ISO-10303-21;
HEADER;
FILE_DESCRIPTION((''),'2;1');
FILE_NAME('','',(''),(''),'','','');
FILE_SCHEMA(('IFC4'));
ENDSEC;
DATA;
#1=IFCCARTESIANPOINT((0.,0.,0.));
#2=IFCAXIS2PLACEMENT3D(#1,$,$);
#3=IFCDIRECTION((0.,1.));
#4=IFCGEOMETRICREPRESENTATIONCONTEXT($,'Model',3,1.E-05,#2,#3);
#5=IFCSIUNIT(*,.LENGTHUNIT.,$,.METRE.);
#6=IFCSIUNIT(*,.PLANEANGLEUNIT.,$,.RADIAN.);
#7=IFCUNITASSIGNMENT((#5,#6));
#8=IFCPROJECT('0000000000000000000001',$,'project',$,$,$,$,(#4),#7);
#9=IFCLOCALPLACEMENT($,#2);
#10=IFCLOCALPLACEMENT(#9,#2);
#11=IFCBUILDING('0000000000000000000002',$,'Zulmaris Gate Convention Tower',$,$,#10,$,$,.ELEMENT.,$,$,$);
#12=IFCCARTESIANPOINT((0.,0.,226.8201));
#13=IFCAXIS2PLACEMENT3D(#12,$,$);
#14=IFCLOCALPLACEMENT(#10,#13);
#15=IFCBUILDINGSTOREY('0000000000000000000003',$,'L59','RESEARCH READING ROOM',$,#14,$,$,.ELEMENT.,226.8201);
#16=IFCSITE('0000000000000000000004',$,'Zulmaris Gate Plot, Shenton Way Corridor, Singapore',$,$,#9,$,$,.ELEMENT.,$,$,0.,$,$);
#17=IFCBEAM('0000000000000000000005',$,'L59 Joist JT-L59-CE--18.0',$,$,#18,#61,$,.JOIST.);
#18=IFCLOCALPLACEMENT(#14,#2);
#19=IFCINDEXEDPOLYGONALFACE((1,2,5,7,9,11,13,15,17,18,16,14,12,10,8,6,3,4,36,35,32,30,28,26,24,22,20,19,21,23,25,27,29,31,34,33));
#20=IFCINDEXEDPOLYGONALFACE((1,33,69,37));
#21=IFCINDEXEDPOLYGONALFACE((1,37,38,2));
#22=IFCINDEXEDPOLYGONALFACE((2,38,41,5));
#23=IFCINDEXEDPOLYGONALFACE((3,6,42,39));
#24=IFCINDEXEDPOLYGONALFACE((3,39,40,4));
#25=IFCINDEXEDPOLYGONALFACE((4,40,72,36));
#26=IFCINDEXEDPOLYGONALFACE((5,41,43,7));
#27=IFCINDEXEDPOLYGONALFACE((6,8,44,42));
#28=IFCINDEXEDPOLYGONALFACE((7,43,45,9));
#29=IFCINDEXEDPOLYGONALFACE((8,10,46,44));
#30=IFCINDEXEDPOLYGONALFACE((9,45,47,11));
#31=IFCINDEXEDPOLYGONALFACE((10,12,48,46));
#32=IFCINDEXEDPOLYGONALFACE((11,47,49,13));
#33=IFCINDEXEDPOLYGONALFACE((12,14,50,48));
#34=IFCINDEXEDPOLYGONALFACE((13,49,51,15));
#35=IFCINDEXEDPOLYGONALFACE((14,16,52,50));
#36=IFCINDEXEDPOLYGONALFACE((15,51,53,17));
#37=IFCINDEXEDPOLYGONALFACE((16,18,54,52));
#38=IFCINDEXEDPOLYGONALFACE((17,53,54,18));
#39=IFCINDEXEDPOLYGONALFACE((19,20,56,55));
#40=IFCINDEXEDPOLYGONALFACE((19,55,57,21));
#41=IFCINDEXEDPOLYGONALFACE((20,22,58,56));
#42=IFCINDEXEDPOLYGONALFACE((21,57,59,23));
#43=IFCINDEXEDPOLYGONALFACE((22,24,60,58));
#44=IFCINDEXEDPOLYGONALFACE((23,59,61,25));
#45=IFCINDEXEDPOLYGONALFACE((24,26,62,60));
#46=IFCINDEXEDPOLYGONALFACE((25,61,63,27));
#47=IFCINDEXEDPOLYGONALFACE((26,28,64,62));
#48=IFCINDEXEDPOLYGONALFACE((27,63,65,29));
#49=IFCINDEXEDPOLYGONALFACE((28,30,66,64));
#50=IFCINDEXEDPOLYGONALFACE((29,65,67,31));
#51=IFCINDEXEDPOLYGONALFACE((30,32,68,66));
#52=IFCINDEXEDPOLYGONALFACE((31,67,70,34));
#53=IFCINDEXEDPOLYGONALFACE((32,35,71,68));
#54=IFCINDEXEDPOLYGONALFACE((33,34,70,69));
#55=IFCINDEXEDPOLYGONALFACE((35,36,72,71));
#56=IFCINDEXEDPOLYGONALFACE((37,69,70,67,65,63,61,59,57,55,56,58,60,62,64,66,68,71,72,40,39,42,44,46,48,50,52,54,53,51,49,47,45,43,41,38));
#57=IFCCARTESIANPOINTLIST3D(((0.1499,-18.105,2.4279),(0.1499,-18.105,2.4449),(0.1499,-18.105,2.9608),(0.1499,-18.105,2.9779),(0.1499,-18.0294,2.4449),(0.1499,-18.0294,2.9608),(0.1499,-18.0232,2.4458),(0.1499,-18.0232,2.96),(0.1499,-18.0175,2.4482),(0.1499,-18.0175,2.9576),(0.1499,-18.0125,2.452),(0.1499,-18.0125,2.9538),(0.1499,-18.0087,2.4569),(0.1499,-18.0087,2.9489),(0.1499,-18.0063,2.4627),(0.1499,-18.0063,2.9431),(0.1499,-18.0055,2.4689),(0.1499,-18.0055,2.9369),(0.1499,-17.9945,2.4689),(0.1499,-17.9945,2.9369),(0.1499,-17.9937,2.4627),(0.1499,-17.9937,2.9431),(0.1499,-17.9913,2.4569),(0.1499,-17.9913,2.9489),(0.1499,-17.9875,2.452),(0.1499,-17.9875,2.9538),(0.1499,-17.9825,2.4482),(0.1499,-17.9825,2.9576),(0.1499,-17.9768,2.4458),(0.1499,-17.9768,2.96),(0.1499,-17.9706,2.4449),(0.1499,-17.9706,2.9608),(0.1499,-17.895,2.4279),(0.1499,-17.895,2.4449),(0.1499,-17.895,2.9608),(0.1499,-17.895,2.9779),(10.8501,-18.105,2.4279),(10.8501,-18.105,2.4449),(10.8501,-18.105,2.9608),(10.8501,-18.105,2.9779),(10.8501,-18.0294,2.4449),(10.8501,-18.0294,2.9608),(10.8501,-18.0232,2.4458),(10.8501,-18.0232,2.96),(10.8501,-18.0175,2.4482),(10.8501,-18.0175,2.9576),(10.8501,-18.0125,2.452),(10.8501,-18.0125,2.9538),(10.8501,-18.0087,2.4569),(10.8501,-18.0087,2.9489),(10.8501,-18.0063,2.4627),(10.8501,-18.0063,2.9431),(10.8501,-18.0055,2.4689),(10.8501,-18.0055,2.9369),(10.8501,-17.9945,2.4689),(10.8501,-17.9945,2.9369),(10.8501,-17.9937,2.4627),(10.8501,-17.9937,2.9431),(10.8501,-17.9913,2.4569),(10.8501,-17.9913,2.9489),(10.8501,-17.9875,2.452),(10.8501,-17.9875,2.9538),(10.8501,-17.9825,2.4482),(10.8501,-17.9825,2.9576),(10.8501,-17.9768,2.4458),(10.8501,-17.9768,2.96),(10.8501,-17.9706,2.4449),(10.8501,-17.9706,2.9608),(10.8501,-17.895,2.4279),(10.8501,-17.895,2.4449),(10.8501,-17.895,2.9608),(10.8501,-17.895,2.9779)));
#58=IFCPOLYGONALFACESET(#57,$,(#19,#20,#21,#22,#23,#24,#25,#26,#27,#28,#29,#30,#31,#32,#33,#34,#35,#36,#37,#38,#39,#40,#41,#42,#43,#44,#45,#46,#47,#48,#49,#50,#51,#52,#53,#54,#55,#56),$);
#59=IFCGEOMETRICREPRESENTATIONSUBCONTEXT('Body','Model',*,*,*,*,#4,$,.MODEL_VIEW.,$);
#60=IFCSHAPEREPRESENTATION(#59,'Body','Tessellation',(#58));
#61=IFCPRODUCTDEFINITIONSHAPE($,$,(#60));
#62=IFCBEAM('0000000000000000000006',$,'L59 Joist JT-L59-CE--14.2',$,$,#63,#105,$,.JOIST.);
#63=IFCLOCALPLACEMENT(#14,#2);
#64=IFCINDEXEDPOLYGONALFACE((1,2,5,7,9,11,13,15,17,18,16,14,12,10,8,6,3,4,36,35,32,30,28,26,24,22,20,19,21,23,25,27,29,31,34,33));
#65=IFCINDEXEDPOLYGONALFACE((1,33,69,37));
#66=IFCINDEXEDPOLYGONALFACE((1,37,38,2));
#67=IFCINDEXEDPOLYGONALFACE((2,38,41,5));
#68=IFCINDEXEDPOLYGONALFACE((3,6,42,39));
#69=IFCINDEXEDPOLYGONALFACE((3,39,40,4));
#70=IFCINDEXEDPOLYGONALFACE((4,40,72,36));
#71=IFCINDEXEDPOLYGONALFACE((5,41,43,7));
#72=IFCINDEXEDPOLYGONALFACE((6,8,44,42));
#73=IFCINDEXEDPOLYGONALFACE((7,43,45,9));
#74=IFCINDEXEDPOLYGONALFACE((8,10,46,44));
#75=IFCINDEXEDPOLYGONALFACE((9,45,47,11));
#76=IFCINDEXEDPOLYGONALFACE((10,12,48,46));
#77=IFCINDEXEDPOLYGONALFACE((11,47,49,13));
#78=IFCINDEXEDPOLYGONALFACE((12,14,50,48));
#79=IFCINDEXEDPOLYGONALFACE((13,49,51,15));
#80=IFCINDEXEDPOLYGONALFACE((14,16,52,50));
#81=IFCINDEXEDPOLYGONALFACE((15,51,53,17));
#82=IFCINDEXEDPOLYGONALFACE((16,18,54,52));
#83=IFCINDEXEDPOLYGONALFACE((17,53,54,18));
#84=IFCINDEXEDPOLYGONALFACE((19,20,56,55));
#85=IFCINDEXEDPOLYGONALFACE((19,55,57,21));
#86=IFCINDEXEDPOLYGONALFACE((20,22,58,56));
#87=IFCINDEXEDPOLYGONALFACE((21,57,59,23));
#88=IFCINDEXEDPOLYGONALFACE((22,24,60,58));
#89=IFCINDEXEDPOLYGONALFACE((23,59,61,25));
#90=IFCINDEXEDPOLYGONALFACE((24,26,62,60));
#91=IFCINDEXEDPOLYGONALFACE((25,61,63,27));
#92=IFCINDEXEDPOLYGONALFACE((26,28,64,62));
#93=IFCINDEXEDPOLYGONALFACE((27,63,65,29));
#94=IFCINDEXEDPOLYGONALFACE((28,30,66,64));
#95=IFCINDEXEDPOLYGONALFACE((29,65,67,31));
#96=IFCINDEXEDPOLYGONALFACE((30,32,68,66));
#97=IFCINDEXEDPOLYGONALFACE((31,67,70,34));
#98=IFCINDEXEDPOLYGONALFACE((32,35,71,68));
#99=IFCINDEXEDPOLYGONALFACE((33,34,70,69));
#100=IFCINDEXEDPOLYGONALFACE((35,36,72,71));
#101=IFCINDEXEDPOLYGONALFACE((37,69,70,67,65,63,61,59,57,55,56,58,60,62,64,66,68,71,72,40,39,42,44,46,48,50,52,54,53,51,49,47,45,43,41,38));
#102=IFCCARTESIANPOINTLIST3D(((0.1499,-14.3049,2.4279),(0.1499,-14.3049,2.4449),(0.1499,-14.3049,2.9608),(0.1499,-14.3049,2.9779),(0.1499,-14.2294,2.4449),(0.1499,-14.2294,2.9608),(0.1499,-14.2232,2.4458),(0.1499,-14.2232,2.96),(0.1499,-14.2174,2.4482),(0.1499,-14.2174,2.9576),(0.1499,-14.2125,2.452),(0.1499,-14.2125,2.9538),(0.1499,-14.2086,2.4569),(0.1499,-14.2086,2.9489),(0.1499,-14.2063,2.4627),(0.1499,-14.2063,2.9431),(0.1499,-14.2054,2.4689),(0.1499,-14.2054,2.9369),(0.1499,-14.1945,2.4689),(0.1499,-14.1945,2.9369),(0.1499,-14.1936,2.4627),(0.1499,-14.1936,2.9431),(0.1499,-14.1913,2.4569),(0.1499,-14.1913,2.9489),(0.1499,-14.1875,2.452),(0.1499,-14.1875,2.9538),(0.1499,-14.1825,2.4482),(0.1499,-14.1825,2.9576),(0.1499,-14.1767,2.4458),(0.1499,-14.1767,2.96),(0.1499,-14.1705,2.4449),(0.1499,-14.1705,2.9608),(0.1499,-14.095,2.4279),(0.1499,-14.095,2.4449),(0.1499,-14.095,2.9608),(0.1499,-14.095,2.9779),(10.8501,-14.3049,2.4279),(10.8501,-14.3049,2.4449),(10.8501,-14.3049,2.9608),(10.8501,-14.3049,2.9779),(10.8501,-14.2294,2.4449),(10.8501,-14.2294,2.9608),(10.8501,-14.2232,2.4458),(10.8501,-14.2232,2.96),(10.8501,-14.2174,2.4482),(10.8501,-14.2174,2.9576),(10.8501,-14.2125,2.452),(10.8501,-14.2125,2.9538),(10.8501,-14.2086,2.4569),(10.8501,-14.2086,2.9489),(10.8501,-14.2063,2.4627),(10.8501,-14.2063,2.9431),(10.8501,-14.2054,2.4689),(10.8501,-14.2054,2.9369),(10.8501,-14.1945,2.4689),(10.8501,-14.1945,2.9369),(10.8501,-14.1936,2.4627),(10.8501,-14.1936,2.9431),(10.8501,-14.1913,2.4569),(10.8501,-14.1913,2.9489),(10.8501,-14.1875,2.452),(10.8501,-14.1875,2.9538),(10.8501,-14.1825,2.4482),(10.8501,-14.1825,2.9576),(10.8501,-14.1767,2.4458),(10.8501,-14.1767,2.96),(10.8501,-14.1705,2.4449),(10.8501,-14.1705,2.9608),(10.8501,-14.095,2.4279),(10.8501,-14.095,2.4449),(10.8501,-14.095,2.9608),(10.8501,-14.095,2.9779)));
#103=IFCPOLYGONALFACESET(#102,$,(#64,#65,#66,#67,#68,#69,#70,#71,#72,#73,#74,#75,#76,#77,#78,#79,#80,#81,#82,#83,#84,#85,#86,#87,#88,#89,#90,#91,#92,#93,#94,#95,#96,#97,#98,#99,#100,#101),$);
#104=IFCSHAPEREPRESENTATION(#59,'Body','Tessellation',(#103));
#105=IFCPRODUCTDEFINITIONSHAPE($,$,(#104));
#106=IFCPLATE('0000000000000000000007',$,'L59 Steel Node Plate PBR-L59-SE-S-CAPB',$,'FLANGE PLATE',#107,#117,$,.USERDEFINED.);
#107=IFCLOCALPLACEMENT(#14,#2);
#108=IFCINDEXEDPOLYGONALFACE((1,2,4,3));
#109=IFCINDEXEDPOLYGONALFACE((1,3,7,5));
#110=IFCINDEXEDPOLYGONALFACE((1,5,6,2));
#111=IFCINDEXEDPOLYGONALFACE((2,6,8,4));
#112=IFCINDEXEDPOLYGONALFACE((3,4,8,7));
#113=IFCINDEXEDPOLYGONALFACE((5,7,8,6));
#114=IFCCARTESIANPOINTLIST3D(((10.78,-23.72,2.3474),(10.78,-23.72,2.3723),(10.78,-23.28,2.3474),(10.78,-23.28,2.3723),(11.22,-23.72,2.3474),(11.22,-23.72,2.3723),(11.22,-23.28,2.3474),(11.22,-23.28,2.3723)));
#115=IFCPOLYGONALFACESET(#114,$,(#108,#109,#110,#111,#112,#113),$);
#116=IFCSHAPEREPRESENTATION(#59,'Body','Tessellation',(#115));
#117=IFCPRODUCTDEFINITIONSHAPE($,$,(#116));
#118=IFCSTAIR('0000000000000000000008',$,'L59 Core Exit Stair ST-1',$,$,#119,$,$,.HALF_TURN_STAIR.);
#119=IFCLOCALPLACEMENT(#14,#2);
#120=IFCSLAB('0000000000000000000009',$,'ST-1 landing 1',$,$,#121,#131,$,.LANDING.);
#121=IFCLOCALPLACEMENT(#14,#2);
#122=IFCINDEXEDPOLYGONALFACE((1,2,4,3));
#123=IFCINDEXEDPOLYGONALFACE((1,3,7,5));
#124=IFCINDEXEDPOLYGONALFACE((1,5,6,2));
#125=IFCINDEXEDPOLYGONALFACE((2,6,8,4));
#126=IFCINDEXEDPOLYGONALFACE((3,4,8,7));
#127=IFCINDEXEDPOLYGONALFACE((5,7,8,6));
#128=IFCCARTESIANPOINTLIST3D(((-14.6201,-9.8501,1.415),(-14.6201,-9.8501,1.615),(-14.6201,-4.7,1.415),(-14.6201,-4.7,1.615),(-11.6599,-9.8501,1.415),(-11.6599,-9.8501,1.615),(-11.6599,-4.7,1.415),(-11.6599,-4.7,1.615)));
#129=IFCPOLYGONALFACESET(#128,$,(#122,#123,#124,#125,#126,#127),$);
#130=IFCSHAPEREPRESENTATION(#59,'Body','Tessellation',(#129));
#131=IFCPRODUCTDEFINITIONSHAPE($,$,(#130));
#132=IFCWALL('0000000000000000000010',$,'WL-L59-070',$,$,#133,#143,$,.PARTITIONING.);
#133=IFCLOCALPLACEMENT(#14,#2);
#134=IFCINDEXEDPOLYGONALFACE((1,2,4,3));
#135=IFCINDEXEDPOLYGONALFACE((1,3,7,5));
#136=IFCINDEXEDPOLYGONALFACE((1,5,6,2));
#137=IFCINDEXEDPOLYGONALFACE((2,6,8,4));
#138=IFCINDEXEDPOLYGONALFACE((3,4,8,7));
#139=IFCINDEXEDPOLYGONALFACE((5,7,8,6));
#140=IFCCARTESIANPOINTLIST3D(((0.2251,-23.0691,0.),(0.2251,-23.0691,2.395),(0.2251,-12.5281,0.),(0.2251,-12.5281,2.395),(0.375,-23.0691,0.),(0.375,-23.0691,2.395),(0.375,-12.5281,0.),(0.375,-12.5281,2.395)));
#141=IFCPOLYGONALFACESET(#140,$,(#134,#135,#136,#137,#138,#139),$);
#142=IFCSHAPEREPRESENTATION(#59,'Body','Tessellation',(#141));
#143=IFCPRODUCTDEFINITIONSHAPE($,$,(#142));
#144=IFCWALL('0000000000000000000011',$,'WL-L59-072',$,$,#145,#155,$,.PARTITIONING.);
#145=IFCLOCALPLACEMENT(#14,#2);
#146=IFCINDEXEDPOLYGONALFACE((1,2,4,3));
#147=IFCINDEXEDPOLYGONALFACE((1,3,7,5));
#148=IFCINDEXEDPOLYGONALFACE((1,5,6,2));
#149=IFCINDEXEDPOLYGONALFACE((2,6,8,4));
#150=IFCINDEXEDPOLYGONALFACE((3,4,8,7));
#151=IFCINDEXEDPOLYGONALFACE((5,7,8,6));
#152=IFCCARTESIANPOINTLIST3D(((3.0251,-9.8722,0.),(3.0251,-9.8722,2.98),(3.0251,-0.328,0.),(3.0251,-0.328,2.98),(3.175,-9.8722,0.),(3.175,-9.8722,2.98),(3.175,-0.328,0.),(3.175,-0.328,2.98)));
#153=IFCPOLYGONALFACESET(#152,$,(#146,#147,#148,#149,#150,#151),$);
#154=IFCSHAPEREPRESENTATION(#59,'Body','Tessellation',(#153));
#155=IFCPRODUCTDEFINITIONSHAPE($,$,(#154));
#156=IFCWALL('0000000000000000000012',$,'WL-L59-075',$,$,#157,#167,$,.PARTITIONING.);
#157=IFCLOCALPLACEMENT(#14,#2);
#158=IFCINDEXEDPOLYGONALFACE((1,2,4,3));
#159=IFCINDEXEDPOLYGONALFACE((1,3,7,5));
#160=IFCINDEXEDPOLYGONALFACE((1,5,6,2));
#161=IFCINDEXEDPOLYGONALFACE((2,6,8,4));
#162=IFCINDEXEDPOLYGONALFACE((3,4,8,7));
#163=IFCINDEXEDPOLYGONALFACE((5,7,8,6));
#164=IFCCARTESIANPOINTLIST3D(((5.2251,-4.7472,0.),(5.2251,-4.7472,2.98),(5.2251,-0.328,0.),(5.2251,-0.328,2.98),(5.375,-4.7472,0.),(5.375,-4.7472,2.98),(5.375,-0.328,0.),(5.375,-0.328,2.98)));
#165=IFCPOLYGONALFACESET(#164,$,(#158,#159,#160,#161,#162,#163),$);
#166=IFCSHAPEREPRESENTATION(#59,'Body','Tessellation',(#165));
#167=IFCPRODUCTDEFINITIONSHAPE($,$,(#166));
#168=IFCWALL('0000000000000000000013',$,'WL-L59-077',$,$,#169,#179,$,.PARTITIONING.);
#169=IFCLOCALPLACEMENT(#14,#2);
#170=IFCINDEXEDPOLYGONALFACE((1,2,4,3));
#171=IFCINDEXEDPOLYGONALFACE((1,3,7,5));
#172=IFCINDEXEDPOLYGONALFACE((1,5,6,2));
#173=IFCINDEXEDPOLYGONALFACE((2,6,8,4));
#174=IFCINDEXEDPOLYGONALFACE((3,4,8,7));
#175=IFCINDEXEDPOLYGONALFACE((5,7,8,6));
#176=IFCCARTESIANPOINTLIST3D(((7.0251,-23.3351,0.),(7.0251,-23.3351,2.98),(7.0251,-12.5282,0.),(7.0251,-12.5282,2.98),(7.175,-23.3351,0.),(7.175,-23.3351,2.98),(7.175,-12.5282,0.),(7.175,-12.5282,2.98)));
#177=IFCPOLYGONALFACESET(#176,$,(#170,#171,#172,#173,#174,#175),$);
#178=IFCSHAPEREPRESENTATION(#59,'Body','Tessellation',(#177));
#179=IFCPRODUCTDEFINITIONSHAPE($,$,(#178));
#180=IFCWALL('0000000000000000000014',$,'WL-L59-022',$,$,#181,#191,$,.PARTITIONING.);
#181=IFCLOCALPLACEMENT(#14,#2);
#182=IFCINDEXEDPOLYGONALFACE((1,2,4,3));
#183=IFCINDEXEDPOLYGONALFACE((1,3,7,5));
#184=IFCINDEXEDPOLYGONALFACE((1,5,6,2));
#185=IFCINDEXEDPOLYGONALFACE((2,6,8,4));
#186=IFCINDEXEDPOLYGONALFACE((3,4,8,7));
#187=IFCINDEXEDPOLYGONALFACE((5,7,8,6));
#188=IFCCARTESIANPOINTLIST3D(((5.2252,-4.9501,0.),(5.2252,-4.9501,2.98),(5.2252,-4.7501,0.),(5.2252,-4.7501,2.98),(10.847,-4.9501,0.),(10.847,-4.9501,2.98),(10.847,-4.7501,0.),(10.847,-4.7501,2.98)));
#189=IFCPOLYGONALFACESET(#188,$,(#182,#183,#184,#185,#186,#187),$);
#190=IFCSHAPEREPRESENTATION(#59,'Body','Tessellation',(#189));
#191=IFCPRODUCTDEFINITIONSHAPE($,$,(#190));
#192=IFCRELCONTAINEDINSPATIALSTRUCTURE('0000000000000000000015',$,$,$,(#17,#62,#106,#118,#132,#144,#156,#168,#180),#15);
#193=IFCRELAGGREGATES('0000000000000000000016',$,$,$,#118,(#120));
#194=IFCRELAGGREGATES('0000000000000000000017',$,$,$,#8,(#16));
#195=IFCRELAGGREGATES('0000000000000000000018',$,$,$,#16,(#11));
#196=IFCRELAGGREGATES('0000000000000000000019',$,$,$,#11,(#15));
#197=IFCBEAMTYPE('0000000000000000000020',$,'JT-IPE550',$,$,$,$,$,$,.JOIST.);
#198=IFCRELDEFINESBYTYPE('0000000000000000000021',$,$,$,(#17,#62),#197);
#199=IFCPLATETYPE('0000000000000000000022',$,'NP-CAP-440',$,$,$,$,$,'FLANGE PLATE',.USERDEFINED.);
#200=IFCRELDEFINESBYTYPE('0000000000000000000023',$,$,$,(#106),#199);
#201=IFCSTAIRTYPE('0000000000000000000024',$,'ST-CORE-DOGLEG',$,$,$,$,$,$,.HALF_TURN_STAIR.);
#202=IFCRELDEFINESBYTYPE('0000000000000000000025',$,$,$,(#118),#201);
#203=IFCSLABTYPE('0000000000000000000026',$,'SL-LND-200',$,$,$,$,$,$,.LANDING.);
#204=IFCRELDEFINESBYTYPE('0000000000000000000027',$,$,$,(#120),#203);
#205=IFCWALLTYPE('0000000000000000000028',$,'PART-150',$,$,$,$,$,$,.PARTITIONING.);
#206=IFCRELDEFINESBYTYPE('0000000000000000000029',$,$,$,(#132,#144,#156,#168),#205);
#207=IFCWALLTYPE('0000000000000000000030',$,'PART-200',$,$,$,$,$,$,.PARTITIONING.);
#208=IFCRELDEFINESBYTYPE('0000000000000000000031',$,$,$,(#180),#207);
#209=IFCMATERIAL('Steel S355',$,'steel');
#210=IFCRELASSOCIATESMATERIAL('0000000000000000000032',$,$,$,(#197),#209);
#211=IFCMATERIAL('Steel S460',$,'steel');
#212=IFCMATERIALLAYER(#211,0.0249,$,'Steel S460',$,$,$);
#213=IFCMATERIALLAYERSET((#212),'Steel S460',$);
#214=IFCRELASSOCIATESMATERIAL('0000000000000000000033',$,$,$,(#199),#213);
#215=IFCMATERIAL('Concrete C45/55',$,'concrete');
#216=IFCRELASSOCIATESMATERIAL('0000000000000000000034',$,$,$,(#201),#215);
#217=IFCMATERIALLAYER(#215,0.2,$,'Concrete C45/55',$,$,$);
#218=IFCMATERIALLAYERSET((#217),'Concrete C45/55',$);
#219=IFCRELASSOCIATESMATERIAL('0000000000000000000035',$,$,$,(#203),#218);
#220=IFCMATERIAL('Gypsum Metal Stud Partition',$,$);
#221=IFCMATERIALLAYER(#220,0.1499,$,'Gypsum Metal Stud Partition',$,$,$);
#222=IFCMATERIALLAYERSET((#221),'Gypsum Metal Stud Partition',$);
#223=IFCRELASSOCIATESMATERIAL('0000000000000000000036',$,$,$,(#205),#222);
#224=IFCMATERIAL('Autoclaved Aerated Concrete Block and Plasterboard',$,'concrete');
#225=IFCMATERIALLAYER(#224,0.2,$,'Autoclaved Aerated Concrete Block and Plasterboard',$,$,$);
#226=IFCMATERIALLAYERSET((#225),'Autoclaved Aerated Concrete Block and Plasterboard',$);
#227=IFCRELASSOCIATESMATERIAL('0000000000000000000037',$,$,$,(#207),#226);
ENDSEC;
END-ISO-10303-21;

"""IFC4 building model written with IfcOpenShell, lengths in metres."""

from ifc_helpers import new_model, si_unit, direction, frame, frame_2d, origin, origin_2d, place, context, subcontext, project, spatial, polyline, rectangle, i_section, outline, extrude, material, layer, layer_set, material_profile, profile_set, type_object, element, aggregate, save


model = new_model("IFC4")

# Units and contexts
model_context = context("Model", 3, precision=1e-05, world=origin(), true_north=direction((0.0, 1.0)))
body_context = subcontext(model_context, "Body", "Model", "MODEL_VIEW")
ifc_project = project(units=[si_unit("LENGTHUNIT", "METRE"), si_unit("PLANEANGLEUNIT", "RADIAN")], contexts=[model_context])

# Site, building, storey
site_placement = place(None, origin())
site = spatial("IfcSite", under=ifc_project, at=site_placement, Name="Zulmaris Gate Plot, Shenton Way Corridor, Singapore", CompositionType="ELEMENT", RefElevation=0.0)
building_placement = place(site_placement, origin())
building = spatial("IfcBuilding", under=site, at=building_placement, Name="Zulmaris Gate Convention Tower", CompositionType="ELEMENT")
storey_placement = place(building_placement, frame((0.0, 0.0, 226.8201)))
storey = spatial("IfcBuildingStorey", under=building, at=storey_placement, Name="L59", Description="RESEARCH READING ROOM", CompositionType="ELEMENT", Elevation=226.8201)

# Beams
ifc_material_1 = material(Name="Steel S355", Category="steel")
ifc_material_profile_1 = material_profile(ifc_material_1, i_section(OverallWidth=0.21, OverallDepth=0.55, WebThickness=0.011, FlangeThickness=0.0171, FilletRadius=0.0239, at=origin_2d()), Name="IPE 550")
ifc_profile_set_1 = profile_set([ifc_material_profile_1], Name="Steel S355")
beam_type_1 = type_object("IfcBeamType", Name="JT-IPE550", PredefinedType="JOIST", material=ifc_profile_set_1)
for number, where, z_axis, x_axis, name in (
    (1, (0.1499, -18.0, 2.7029), (1.0, 0.0, 0.0), (0.0, 1.0, 0.0), "L59 Joist JT-L59-CE--18.0"),
    (2, (0.1499, -14.2, 2.7029), (1.0, 0.0, 0.0), (0.0, 1.0, 0.0), "L59 Joist JT-L59-CE--14.2"),
):
    element("IfcBeam", number, at=place(storey_placement, frame(where, z_axis=z_axis, x_axis=x_axis)), inside=storey, type_object=beam_type_1, Name=name, PredefinedType="JOIST", context=body_context, shape_type="SweptSolid", body=[
        extrude(i_section(OverallWidth=0.21, OverallDepth=0.55, WebThickness=0.011, FlangeThickness=0.0171, FilletRadius=0.0239, at=origin_2d()), origin(), (0.0, 0.0, 1.0), 10.7002),
    ])

# Plate
ifc_material_2 = material(Name="Steel S460", Category="steel")
ifc_layer_1 = layer(ifc_material_2, 0.0249, Name="Steel S460")
ifc_layer_set_1 = layer_set([ifc_layer_1], Name="Steel S460")
plate_type = type_object("IfcPlateType", Name="NP-CAP-440", ElementType="FLANGE PLATE", PredefinedType="USERDEFINED", material=ifc_layer_set_1)
plate_placement = place(storey_placement, frame((11.0, -23.5, 2.3474), z_axis=(0.0, 0.0, 1.0), x_axis=(1.0, 0.0, 0.0)))
element("IfcPlate", 3, at=plate_placement, inside=storey, type_object=plate_type, Name="L59 Steel Node Plate PBR-L59-SE-S-CAPB", ObjectType="FLANGE PLATE", PredefinedType="USERDEFINED", context=body_context, shape_type="SweptSolid", body=[
    extrude(rectangle(XDim=0.4399, YDim=0.4399, at=origin_2d()), origin(), (0.0, 0.0, 1.0), 0.0249),
])

# Stair, slab
ifc_material_3 = material(Name="Concrete C45/55", Category="concrete")
stair_type = type_object("IfcStairType", Name="ST-CORE-DOGLEG", PredefinedType="HALF_TURN_STAIR", material=ifc_material_3)
stair_placement = place(storey_placement, origin())
stair = element("IfcStair", 4, at=stair_placement, inside=storey, type_object=stair_type, Name="L59 Core Exit Stair ST-1", PredefinedType="HALF_TURN_STAIR")
ifc_layer_2 = layer(ifc_material_3, 0.2, Name="Concrete C45/55")
ifc_layer_set_2 = layer_set([ifc_layer_2], Name="Concrete C45/55")
slab_type = type_object("IfcSlabType", Name="SL-LND-200", PredefinedType="LANDING", material=ifc_layer_set_2)
slab_placement = place(storey_placement, frame((0.0, 0.0, 1.415)))
slab = element("IfcSlab", 5, at=slab_placement, type_object=slab_type, Name="ST-1 landing 1", PredefinedType="LANDING", context=body_context, shape_type="SweptSolid", body=[
    extrude(outline(polyline([(-14.6201, -4.7), (-14.6201, -9.8501), (-11.6599, -9.8501), (-11.6599, -4.7), (-14.6201, -4.7)])), origin(), (0.0, 0.0, 1.0), 0.2),
])
aggregate(stair, [slab])

# Walls
ifc_material_4 = material(Name="Gypsum Metal Stud Partition")
ifc_layer_3 = layer(ifc_material_4, 0.1499, Name="Gypsum Metal Stud Partition")
ifc_layer_set_3 = layer_set([ifc_layer_3], Name="Gypsum Metal Stud Partition")
wall_type_1 = type_object("IfcWallType", Name="PART-150", PredefinedType="PARTITIONING", material=ifc_layer_set_3)
wall_1_placement = place(storey_placement, frame((0.3, -23.0691, 0.0), z_axis=(0.0, 0.0, 1.0), x_axis=(0.0, 1.0, 0.0)))
element("IfcWall", 6, at=wall_1_placement, inside=storey, type_object=wall_type_1, Name="WL-L59-070", PredefinedType="PARTITIONING", context=body_context, shape_type="SweptSolid", body=[
    extrude(rectangle(XDim=10.541, YDim=0.1499, at=frame_2d((5.2705, 0.0))), origin(), (0.0, 0.0, 1.0), 2.395),
])
wall_2_placement = place(storey_placement, frame((3.1001, -9.8721, 0.0), z_axis=(0.0, 0.0, 1.0), x_axis=(0.0, 1.0, 0.0)))
element("IfcWall", 7, at=wall_2_placement, inside=storey, type_object=wall_type_1, Name="WL-L59-072", PredefinedType="PARTITIONING", context=body_context, shape_type="SweptSolid", body=[
    extrude(rectangle(XDim=9.5442, YDim=0.1499, at=frame_2d((4.772, 0.0))), origin(), (0.0, 0.0, 1.0), 2.98),
])

# Walls
wall_3_placement = place(storey_placement, frame((5.3, -4.7471, 0.0), z_axis=(0.0, 0.0, 1.0), x_axis=(0.0, 1.0, 0.0)))
element("IfcWall", 8, at=wall_3_placement, inside=storey, type_object=wall_type_1, Name="WL-L59-075", PredefinedType="PARTITIONING", context=body_context, shape_type="SweptSolid", body=[
    extrude(rectangle(XDim=4.4192, YDim=0.1499, at=frame_2d((2.2095, 0.0))), origin(), (0.0, 0.0, 1.0), 2.98),
])
wall_4_placement = place(storey_placement, frame((7.1001, -23.335, 0.0), z_axis=(0.0, 0.0, 1.0), x_axis=(0.0, 1.0, 0.0)))
element("IfcWall", 9, at=wall_4_placement, inside=storey, type_object=wall_type_1, Name="WL-L59-077", PredefinedType="PARTITIONING", context=body_context, shape_type="SweptSolid", body=[
    extrude(rectangle(XDim=10.8069, YDim=0.1499, at=frame_2d((5.4033, 0.0))), origin(), (0.0, 0.0, 1.0), 2.98),
])
ifc_material_5 = material(Name="Autoclaved Aerated Concrete Block and Plasterboard", Category="concrete")
ifc_layer_4 = layer(ifc_material_5, 0.2, Name="Autoclaved Aerated Concrete Block and Plasterboard")
ifc_layer_set_4 = layer_set([ifc_layer_4], Name="Autoclaved Aerated Concrete Block and Plasterboard")
wall_type_2 = type_object("IfcWallType", Name="PART-200", PredefinedType="PARTITIONING", material=ifc_layer_set_4)
wall_5_placement = place(storey_placement, frame((5.2251, -4.8501, 0.0), z_axis=(0.0, 0.0, 1.0), x_axis=(1.0, 0.0, 0.0)))
element("IfcWall", 10, at=wall_5_placement, inside=storey, type_object=wall_type_2, Name="WL-L59-022", PredefinedType="PARTITIONING", context=body_context, shape_type="SweptSolid", body=[
    extrude(rectangle(XDim=5.6218, YDim=0.2, at=frame_2d((2.811, 0.0))), origin(), (0.0, 0.0, 1.0), 2.98),
])

save(model, "model.ifc")
